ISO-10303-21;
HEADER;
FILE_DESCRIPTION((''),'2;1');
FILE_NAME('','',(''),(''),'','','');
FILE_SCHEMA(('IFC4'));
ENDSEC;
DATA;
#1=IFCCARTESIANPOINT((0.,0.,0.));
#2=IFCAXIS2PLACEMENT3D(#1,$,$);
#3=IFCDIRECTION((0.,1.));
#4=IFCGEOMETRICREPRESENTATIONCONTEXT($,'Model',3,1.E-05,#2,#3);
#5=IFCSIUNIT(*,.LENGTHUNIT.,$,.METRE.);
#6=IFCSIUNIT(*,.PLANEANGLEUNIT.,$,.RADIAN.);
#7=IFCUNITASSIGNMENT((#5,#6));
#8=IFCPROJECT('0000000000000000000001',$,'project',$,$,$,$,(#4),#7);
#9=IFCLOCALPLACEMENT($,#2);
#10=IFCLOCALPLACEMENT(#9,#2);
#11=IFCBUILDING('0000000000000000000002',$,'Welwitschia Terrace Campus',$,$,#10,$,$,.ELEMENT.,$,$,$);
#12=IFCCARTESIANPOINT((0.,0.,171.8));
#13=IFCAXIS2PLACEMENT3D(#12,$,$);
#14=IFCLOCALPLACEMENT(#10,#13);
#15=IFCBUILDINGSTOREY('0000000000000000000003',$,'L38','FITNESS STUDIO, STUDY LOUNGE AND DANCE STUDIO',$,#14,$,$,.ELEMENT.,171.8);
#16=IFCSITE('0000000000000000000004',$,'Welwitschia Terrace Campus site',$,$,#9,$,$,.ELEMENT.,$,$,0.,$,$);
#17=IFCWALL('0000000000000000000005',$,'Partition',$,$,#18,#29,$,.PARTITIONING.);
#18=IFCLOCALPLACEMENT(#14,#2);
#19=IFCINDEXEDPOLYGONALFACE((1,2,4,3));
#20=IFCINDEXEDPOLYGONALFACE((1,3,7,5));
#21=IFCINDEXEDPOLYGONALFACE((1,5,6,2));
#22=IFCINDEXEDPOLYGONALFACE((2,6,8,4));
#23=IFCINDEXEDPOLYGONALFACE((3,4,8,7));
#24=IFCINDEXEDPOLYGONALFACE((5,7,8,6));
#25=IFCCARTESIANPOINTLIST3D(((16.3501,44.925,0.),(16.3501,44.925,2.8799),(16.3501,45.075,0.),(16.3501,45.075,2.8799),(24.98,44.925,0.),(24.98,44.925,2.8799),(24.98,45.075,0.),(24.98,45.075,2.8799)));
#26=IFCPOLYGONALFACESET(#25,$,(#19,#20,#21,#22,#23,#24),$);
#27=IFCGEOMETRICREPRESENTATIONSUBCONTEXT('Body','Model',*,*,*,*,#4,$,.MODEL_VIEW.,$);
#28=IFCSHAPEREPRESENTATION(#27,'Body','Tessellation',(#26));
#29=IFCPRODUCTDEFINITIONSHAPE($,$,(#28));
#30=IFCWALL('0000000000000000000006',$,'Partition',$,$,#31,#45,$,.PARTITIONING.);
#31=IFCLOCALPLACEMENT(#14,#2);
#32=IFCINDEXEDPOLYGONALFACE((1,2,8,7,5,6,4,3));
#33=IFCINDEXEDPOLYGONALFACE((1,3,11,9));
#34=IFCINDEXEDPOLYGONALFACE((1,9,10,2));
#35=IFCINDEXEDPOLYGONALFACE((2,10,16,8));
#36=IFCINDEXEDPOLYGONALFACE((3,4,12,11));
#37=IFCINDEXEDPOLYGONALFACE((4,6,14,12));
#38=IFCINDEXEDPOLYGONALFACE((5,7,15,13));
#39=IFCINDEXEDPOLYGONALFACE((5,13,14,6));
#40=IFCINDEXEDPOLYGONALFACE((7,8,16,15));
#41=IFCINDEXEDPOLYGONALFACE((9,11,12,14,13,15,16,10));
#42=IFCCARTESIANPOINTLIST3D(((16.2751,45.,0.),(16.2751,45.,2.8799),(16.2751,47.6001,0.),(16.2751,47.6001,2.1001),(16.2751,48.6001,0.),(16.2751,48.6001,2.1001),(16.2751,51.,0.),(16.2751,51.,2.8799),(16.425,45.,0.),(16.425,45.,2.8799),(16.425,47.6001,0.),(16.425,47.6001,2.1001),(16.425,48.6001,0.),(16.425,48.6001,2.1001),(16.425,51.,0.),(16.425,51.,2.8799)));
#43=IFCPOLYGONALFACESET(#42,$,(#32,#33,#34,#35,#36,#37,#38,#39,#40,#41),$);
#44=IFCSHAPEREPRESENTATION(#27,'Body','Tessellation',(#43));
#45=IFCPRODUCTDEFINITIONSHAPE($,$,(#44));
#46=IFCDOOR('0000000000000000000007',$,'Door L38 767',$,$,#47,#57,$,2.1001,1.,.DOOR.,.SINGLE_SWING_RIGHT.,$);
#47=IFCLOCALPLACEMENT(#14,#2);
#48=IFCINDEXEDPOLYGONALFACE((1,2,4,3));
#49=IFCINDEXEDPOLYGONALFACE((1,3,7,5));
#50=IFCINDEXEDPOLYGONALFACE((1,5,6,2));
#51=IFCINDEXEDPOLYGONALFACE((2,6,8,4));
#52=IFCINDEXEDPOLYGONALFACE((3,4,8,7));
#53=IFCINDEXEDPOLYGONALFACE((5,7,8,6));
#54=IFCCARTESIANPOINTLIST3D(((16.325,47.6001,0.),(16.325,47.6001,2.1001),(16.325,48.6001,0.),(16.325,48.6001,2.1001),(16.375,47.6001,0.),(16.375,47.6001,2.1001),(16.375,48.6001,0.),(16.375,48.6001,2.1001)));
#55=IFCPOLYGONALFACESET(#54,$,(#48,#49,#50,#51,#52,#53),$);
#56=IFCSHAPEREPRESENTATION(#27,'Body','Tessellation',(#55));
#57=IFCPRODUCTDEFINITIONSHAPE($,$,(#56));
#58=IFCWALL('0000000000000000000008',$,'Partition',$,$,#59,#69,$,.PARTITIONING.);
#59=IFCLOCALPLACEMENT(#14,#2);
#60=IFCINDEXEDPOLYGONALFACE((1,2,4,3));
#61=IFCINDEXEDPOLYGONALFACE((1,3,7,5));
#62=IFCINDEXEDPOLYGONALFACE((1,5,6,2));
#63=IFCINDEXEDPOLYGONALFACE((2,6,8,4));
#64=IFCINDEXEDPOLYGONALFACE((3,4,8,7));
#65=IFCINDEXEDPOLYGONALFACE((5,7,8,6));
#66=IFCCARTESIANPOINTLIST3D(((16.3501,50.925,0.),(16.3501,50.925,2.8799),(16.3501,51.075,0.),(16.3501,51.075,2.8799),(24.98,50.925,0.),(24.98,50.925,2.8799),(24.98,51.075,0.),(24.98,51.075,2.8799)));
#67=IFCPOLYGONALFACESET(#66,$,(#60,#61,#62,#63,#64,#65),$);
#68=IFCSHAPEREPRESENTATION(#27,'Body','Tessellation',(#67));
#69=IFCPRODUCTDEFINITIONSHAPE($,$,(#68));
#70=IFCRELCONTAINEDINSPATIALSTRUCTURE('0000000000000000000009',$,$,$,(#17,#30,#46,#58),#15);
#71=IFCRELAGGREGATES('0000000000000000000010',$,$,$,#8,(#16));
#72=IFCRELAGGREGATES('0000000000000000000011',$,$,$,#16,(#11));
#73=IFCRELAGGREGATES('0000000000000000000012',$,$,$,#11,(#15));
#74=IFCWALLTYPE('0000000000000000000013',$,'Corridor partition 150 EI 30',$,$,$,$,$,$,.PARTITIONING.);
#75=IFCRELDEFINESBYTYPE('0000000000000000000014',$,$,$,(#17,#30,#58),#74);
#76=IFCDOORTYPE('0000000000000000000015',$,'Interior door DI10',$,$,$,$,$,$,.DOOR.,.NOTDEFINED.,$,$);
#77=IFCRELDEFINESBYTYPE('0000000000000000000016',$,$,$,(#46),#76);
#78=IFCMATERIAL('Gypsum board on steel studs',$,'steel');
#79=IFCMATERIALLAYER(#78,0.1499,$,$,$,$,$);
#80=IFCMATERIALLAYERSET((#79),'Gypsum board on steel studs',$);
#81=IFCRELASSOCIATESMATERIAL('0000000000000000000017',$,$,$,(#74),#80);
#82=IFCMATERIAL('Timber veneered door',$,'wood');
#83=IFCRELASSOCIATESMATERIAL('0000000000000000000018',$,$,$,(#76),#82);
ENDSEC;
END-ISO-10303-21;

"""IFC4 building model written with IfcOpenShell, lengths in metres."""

from ifc_helpers import new_model, si_unit, direction, frame, frame_2d, origin, place, context, subcontext, project, spatial, rectangle, extrude, material, layer, layer_set, type_object, element, fill, save


model = new_model("IFC4")

# Units and contexts
model_context = context("Model", 3, precision=1e-05, world=origin(), true_north=direction((0.0, 1.0)))
body_context = subcontext(model_context, "Body", "Model", "MODEL_VIEW")
ifc_project = project(units=[si_unit("LENGTHUNIT", "METRE"), si_unit("PLANEANGLEUNIT", "RADIAN")], contexts=[model_context])

# Site, building, storey
site_placement = place(None, origin())
site = spatial("IfcSite", under=ifc_project, at=site_placement, Name="Welwitschia Terrace Campus site", CompositionType="ELEMENT", RefElevation=0.0)
building_placement = place(site_placement, origin())
building = spatial("IfcBuilding", under=site, at=building_placement, Name="Welwitschia Terrace Campus", CompositionType="ELEMENT")
storey_placement = place(building_placement, frame((0.0, 0.0, 171.8)))
storey = spatial("IfcBuildingStorey", under=building, at=storey_placement, Name="L38", Description="FITNESS STUDIO, STUDY LOUNGE AND DANCE STUDIO", CompositionType="ELEMENT", Elevation=171.8)

# Shared definitions
ifc_material_1 = material(Name="Gypsum board on steel studs", Category="steel")
ifc_layer_1 = layer(ifc_material_1, 0.1499)
ifc_layer_set_1 = layer_set([ifc_layer_1], Name="Gypsum board on steel studs")
wall_type = type_object("IfcWallType", Name="Corridor partition 150 EI 30", PredefinedType="PARTITIONING", material=ifc_layer_set_1)
ifc_material_2 = material(Name="Timber veneered door", Category="wood")
door_type_1 = type_object("IfcDoorType", Name="Interior door DI10", OperationType="NOTDEFINED", PredefinedType="DOOR", material=ifc_material_2)

# Wall
wall_1_placement = place(storey_placement, frame((16.3501, 45.0, 0.0), z_axis=(0.0, 0.0, 1.0), x_axis=(1.0, 0.0, 0.0)))
element("IfcWall", 1, at=wall_1_placement, inside=storey, type_object=wall_type, Name="Partition", PredefinedType="PARTITIONING", context=body_context, shape_type="SweptSolid", body=[
    extrude(rectangle(XDim=8.6299, YDim=0.1499, at=frame_2d((4.3149, 0.0))), origin(), (0.0, 0.0, 1.0), 2.8799),
])

# Wall, opening, door
wall_2_placement = place(storey_placement, frame((16.3501, 51.0, 0.0), z_axis=(0.0, 0.0, 1.0), x_axis=(0.0, -1.0, 0.0)))
wall_2 = element("IfcWall", 2, at=wall_2_placement, inside=storey, type_object=wall_type, Name="Partition", PredefinedType="PARTITIONING", context=body_context, shape_type="SweptSolid", body=[
    extrude(rectangle(XDim=6.0, YDim=0.1499, at=frame_2d((3.0, 0.0))), origin(), (0.0, 0.0, 1.0), 2.8799),
])
opening_1_placement = place(wall_2_placement, frame((2.3999, 0.0, 0.0)))
opening_1 = element("IfcOpeningElement", 3, at=opening_1_placement, cuts=wall_2, PredefinedType="OPENING", context=body_context, shape_type="SweptSolid", body=[
    extrude(rectangle(XDim=1.0, YDim=2.1001, at=frame_2d((0.5, 1.05))), frame((0.0, 0.085, 0.0), z_axis=(0.0, -1.0, 0.0), x_axis=(1.0, 0.0, 0.0)), (0.0, 0.0, 1.0), 0.1699),
])
door_1_placement = place(opening_1_placement, origin())
door_1 = element("IfcDoor", 4, at=door_1_placement, inside=storey, type_object=door_type_1, Name="Door L38 767", OperationType="SINGLE_SWING_RIGHT", OverallHeight=2.1001, OverallWidth=1.0, PredefinedType="DOOR", context=body_context, shape_type="SweptSolid", body=[
    extrude(rectangle(XDim=1.0, YDim=2.1001, at=frame_2d((0.5, 1.05))), frame((0.0, 0.0249, 0.0), z_axis=(0.0, -1.0, 0.0), x_axis=(1.0, 0.0, 0.0)), (0.0, 0.0, 1.0), 0.05),
])
fill(opening_1, door_1)

# Wall
wall_3_placement = place(storey_placement, frame((16.3501, 51.0, 0.0), z_axis=(0.0, 0.0, 1.0), x_axis=(1.0, 0.0, 0.0)))
element("IfcWall", 5, at=wall_3_placement, inside=storey, type_object=wall_type, Name="Partition", PredefinedType="PARTITIONING", context=body_context, shape_type="SweptSolid", body=[
    extrude(rectangle(XDim=8.6299, YDim=0.1499, at=frame_2d((4.3149, 0.0))), origin(), (0.0, 0.0, 1.0), 2.8799),
])

save(model, "model.ifc")
